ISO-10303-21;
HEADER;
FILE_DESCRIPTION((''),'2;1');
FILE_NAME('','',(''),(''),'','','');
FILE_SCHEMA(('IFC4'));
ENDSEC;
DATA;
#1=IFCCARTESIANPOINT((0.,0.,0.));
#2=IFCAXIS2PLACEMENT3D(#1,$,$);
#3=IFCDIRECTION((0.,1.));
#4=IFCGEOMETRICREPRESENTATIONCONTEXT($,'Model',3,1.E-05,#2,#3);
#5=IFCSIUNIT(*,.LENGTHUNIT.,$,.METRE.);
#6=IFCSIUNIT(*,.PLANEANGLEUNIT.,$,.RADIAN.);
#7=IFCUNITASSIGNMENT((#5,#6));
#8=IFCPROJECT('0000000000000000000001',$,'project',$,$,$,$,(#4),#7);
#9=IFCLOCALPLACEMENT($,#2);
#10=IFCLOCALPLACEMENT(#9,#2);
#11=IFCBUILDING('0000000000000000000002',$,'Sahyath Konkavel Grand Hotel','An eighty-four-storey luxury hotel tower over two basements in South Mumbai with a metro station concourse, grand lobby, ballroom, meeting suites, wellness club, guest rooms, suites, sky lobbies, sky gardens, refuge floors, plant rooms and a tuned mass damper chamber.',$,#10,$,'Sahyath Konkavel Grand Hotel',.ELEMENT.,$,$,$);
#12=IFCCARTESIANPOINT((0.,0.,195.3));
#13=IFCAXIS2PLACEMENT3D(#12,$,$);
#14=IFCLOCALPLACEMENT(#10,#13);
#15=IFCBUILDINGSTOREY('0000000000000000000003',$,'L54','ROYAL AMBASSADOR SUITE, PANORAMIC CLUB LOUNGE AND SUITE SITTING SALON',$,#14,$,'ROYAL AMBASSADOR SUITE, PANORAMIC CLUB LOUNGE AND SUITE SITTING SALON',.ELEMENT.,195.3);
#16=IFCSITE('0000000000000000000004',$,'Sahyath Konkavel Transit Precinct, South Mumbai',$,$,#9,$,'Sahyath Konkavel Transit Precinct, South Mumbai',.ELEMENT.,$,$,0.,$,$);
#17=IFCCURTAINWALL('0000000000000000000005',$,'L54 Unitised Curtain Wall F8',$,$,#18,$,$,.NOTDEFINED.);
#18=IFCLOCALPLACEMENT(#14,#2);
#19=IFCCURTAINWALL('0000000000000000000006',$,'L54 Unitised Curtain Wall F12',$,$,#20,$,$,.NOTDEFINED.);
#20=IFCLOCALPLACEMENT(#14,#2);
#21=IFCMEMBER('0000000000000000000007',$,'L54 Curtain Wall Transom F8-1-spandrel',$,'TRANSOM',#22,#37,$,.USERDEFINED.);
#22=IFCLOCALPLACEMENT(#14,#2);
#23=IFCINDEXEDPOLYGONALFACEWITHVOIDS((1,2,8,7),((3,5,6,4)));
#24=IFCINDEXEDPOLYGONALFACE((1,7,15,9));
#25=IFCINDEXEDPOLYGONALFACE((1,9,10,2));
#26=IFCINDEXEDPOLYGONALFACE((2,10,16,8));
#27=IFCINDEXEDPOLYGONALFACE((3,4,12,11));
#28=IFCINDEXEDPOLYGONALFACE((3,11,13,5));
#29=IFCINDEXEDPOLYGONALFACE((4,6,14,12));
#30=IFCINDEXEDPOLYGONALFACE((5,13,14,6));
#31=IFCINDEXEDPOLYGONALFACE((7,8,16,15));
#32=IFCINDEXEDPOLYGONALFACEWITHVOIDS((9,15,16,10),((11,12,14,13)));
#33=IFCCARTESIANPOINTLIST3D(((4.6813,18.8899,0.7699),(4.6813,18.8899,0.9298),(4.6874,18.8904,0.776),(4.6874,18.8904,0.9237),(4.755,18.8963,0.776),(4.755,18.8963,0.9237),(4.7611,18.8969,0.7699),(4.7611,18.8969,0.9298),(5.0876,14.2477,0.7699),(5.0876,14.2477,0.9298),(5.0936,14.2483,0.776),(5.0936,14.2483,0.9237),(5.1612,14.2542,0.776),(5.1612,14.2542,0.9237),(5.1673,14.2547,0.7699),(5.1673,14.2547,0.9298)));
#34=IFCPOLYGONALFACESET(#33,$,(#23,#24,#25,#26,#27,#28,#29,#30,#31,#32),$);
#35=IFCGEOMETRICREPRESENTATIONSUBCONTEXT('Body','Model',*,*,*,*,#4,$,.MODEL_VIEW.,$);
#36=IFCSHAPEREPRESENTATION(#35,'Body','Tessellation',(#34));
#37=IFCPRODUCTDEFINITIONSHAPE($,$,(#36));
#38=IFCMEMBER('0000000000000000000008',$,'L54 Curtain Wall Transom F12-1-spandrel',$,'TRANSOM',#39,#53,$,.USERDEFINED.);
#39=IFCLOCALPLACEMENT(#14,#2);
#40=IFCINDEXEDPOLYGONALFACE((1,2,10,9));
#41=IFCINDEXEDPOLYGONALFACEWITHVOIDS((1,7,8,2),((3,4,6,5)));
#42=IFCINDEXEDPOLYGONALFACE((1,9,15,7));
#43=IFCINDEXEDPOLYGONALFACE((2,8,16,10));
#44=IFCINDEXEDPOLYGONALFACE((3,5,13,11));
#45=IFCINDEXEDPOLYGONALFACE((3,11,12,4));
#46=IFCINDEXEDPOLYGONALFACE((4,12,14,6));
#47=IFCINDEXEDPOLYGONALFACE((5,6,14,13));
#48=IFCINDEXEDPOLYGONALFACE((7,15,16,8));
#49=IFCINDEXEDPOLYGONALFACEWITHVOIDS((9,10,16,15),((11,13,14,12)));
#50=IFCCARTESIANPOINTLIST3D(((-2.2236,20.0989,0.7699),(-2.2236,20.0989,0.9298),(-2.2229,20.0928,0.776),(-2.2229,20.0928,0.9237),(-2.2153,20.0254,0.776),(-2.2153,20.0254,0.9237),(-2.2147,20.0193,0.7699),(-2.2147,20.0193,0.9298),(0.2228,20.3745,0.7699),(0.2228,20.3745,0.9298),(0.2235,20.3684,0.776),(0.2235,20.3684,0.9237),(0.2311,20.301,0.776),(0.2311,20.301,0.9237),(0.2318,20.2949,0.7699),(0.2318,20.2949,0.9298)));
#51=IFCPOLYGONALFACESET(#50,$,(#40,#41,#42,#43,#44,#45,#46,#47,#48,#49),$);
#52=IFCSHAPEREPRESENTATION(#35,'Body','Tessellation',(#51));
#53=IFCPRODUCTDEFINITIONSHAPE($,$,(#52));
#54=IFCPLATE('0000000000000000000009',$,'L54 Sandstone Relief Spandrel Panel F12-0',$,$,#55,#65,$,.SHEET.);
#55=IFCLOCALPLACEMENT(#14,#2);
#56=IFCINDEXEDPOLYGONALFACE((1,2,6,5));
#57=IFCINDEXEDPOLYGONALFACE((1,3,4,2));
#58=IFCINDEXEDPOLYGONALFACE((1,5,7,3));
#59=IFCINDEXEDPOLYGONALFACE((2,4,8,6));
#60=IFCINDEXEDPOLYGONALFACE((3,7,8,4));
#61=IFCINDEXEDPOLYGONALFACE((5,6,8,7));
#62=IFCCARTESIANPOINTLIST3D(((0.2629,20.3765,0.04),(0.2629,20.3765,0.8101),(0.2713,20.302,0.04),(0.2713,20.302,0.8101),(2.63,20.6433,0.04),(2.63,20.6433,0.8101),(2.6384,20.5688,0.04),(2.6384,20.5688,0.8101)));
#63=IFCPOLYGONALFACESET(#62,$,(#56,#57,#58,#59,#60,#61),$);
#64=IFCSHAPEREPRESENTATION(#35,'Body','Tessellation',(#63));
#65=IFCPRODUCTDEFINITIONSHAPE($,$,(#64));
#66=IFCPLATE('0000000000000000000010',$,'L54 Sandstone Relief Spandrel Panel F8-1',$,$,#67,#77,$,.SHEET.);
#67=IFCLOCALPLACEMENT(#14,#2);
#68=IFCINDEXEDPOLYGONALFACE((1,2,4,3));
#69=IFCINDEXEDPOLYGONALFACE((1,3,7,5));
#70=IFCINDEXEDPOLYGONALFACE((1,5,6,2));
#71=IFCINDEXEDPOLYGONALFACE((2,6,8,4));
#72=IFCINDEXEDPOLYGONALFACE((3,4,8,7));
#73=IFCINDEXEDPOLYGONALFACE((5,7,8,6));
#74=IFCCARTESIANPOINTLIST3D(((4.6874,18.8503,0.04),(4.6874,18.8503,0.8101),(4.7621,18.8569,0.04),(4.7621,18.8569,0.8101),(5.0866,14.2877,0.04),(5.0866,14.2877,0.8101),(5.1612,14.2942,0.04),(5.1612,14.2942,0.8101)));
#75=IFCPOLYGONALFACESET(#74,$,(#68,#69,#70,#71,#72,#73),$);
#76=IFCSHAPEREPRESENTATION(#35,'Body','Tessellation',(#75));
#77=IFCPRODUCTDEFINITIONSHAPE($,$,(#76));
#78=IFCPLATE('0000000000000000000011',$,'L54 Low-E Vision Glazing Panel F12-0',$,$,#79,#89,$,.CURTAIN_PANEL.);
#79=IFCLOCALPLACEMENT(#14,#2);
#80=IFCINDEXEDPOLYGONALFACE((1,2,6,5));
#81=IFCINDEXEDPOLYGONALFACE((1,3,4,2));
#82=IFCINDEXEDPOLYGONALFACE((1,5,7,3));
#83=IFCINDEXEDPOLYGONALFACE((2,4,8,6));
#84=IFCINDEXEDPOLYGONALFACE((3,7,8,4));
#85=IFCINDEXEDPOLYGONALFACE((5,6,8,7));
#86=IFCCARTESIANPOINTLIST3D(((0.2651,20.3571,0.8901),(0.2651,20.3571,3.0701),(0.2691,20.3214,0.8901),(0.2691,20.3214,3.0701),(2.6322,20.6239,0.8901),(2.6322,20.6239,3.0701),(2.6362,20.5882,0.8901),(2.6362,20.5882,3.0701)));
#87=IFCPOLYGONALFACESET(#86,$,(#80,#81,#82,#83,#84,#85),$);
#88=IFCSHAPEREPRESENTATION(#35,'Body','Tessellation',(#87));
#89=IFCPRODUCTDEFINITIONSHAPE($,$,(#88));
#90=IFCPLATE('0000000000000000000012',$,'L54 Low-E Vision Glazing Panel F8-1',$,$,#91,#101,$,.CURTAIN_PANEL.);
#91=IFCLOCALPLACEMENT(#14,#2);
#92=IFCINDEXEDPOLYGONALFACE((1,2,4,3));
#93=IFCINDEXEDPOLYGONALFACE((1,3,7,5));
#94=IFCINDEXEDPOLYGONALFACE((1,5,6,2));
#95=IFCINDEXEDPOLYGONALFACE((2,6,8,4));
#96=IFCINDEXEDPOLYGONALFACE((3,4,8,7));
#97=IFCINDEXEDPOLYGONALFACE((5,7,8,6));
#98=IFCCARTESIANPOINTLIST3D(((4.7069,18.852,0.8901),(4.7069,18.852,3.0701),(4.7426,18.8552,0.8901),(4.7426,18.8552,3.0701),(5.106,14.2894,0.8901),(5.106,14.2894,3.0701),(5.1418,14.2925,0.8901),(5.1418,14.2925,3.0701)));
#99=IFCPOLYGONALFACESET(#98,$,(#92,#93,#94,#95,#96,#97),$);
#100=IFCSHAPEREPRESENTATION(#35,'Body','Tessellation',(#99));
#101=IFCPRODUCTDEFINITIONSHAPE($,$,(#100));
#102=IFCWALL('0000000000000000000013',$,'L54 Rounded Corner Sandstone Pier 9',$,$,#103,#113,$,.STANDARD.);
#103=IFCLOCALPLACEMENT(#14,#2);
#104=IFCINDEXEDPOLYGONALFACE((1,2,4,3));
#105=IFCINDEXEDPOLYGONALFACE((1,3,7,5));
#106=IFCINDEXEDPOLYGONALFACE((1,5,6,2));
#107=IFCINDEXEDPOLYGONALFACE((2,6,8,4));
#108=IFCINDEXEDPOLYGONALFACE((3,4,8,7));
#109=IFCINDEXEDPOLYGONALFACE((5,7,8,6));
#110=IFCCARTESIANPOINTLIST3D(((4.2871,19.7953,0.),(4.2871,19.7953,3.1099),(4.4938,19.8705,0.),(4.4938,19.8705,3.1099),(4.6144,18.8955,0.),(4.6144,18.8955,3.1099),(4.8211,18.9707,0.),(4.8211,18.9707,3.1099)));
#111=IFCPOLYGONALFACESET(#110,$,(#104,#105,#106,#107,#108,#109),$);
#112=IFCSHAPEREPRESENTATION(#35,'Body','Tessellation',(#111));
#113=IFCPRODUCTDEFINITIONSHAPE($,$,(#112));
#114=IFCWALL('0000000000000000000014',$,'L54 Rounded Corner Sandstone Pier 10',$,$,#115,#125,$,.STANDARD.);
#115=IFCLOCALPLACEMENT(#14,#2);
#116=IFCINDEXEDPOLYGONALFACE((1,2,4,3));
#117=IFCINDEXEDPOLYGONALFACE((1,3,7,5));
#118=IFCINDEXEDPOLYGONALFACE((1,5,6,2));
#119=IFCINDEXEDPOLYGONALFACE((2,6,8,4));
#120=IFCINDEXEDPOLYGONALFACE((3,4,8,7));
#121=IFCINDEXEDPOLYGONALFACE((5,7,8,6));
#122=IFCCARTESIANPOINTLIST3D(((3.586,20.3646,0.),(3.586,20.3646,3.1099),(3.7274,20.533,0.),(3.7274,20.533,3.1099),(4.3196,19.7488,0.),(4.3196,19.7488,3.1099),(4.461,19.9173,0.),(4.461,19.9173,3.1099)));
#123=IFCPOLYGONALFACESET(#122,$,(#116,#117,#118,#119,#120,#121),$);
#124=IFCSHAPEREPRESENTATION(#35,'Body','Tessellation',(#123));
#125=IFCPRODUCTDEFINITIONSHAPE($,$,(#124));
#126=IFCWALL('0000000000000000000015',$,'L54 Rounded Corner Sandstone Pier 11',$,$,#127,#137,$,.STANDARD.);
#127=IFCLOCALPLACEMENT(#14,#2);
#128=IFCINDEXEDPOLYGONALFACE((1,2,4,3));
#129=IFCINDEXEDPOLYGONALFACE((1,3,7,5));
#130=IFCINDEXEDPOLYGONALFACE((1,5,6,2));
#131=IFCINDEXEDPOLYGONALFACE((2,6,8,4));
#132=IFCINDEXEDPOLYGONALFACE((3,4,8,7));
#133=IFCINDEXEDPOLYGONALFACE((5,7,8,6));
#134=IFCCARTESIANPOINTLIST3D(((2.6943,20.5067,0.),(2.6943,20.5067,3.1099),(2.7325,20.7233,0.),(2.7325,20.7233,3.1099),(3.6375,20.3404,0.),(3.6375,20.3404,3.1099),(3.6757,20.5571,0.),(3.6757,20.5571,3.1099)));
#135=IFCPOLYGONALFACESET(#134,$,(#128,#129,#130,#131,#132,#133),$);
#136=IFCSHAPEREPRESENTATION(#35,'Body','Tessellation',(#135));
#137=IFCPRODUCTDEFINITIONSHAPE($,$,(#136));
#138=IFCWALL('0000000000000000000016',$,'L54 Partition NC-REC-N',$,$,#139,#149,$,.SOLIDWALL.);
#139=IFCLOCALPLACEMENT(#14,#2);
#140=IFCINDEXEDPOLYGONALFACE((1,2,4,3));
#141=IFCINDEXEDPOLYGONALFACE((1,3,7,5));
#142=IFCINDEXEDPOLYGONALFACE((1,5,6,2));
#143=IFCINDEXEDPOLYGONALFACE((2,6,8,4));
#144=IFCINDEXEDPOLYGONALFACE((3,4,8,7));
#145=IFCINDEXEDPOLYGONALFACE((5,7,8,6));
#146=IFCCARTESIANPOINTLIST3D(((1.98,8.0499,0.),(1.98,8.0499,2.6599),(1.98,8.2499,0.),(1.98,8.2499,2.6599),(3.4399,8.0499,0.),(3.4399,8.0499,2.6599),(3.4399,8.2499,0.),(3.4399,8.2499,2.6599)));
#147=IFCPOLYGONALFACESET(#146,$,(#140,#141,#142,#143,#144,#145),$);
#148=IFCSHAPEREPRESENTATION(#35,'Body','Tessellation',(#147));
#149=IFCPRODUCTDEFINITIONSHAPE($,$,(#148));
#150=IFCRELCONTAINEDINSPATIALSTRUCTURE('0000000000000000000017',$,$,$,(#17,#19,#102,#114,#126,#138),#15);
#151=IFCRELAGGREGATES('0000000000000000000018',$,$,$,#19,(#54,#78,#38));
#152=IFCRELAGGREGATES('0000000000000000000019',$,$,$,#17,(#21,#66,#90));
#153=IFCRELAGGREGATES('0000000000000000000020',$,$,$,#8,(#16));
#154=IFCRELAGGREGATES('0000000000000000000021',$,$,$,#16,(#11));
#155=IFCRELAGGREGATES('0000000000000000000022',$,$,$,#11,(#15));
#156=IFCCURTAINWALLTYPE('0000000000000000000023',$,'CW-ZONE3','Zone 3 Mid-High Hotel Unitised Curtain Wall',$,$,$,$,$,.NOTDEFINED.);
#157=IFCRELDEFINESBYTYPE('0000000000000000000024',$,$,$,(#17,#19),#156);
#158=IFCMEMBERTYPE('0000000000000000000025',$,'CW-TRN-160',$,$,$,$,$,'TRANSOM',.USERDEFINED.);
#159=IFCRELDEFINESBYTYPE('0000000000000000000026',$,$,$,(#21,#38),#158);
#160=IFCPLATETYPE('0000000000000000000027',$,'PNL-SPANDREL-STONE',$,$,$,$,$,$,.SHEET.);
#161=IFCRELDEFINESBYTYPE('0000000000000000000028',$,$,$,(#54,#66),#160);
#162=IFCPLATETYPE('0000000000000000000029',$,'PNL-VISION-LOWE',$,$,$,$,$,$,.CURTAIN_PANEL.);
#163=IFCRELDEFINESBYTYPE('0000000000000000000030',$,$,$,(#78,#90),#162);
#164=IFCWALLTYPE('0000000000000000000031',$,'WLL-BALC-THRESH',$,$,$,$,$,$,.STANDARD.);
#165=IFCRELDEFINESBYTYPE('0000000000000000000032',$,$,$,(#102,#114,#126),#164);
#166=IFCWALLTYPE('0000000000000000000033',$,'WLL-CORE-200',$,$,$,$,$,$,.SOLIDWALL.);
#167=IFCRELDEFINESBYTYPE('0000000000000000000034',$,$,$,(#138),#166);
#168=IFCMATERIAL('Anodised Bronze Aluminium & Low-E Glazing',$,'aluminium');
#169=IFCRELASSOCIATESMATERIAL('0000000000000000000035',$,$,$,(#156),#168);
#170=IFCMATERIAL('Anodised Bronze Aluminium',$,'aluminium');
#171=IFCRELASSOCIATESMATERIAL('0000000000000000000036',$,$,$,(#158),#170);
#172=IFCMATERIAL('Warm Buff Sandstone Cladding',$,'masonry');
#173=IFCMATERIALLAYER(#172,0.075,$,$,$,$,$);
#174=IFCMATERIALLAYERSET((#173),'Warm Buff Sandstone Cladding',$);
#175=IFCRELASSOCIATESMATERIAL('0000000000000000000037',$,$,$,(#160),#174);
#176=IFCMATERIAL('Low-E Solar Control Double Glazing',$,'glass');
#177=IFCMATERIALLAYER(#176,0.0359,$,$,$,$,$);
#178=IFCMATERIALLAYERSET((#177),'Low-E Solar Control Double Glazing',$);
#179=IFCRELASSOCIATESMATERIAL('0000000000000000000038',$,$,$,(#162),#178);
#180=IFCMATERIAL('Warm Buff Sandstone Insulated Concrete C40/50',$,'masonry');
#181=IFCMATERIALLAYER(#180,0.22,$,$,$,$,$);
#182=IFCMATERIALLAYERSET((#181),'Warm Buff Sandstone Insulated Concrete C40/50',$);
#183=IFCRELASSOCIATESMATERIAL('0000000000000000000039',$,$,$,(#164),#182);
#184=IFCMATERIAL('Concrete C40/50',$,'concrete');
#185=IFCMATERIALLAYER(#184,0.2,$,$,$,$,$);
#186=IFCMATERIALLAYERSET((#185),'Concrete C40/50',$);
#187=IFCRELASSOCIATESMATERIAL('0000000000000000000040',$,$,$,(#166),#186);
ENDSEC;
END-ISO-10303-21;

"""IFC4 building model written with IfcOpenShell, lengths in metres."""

from ifc_helpers import new_model, si_unit, direction, frame, frame_2d, origin, origin_2d, place, context, subcontext, project, spatial, rectangle, hollow_rectangle, extrude, source, transform, mapped, material, layer, layer_set, material_profile, profile_set, type_object, element, aggregate, save


model = new_model("IFC4")

# Units and contexts
model_context = context("Model", 3, precision=1e-05, world=origin(), true_north=direction((0.0, 1.0)))
body_context = subcontext(model_context, "Body", "Model", "MODEL_VIEW")
ifc_project = project(units=[si_unit("LENGTHUNIT", "METRE"), si_unit("PLANEANGLEUNIT", "RADIAN")], contexts=[model_context])

# Site, building, storey
site_placement = place(None, origin())
site = spatial("IfcSite", under=ifc_project, at=site_placement, Name="Sahyath Konkavel Transit Precinct, South Mumbai", LongName="Sahyath Konkavel Transit Precinct, South Mumbai", CompositionType="ELEMENT", RefElevation=0.0)
building_placement = place(site_placement, origin())
building = spatial("IfcBuilding", under=site, at=building_placement, Name="Sahyath Konkavel Grand Hotel", Description="An eighty-four-storey luxury hotel tower over two basements in South Mumbai with a metro station concourse, grand lobby, ballroom, meeting suites, wellness club, guest rooms, suites, sky lobbies, sky gardens, refuge floors, plant rooms and a tuned mass damper chamber.", LongName="Sahyath Konkavel Grand Hotel", CompositionType="ELEMENT")
storey_placement = place(building_placement, frame((0.0, 0.0, 195.3)))
storey = spatial("IfcBuildingStorey", under=building, at=storey_placement, Name="L54", Description="ROYAL AMBASSADOR SUITE, PANORAMIC CLUB LOUNGE AND SUITE SITTING SALON", LongName="ROYAL AMBASSADOR SUITE, PANORAMIC CLUB LOUNGE AND SUITE SITTING SALON", CompositionType="ELEMENT", Elevation=195.3)

# Shared definitions
ifc_material_1 = material(Name="Concrete C40/50", Category="concrete")

# Curtain walls
ifc_material_2 = material(Name="Anodised Bronze Aluminium & Low-E Glazing", Category="aluminium")
curtain_wall_type = type_object("IfcCurtainWallType", Name="CW-ZONE3", Description="Zone 3 Mid-High Hotel Unitised Curtain Wall", PredefinedType="NOTDEFINED", material=ifc_material_2)
curtain_wall_1_placement = place(storey_placement, origin())
curtain_wall_1 = element("IfcCurtainWall", 1, at=curtain_wall_1_placement, inside=storey, type_object=curtain_wall_type, Name="L54 Unitised Curtain Wall F8", PredefinedType="NOTDEFINED")
ifc_material_3 = material(Name="Anodised Bronze Aluminium", Category="aluminium")
curtain_wall_2_placement = place(storey_placement, origin())
curtain_wall_2 = element("IfcCurtainWall", 2, at=curtain_wall_2_placement, inside=storey, type_object=curtain_wall_type, Name="L54 Unitised Curtain Wall F12", PredefinedType="NOTDEFINED")
ifc_material_profile_1 = material_profile(ifc_material_3, hollow_rectangle(XDim=0.0801, YDim=0.1599, WallThickness=0.0061, at=origin_2d()), Name="RHS 160x80x6")
ifc_profile_set_1 = profile_set([ifc_material_profile_1], Name="Anodised Bronze Aluminium")
member_type_1 = type_object("IfcMemberType", Name="CW-TRN-160", ElementType="TRANSOM", PredefinedType="USERDEFINED", material=ifc_profile_set_1)

# Members
shared_shape_1 = source(origin(), body_context, "Body", "SweptSolid", [
    extrude(hollow_rectangle(XDim=0.0801, YDim=0.1599, WallThickness=0.0061, at=origin_2d()), origin(), (0.0, 0.0, 1.0), 4.6599),
])
member_1_placement = place(storey_placement, frame((5.1274, 14.2512, 0.8499), z_axis=(-0.087181, 0.996192, 0.0), x_axis=(-0.996192, -0.087181, 0.0)))
member_1 = element("IfcMember", 3, at=member_1_placement, type_object=member_type_1, Name="L54 Curtain Wall Transom F8-1-spandrel", ObjectType="TRANSOM", PredefinedType="USERDEFINED", context=body_context, shape_type="MappedRepresentation", body=[
    mapped(shared_shape_1, transform((0.0, 0.0, 0.0), scale=1.0)),
])
shared_shape_2 = source(origin(), body_context, "Body", "SweptSolid", [
    extrude(hollow_rectangle(XDim=0.0801, YDim=0.1599, WallThickness=0.0061, at=origin_2d()), origin(), (0.0, 0.0, 1.0), 2.4619),
])
member_2_placement = place(storey_placement, frame((0.2273, 20.3347, 0.8499), z_axis=(-0.993713, -0.111955, 0.0), x_axis=(0.111955, -0.993713, 0.0)))
member_2 = element("IfcMember", 4, at=member_2_placement, type_object=member_type_1, Name="L54 Curtain Wall Transom F12-1-spandrel", ObjectType="TRANSOM", PredefinedType="USERDEFINED", context=body_context, shape_type="MappedRepresentation", body=[
    mapped(shared_shape_2, transform((0.0, 0.0, 0.0), scale=1.0)),
])

# Plates
ifc_material_4 = material(Name="Warm Buff Sandstone Cladding", Category="masonry")
ifc_layer_1 = layer(ifc_material_4, 0.075)
ifc_layer_set_1 = layer_set([ifc_layer_1], Name="Warm Buff Sandstone Cladding")
plate_type_1 = type_object("IfcPlateType", Name="PNL-SPANDREL-STONE", PredefinedType="SHEET", material=ifc_layer_set_1)
shared_shape_3 = source(origin(), body_context, "Body", "SweptSolid", [
    extrude(rectangle(XDim=2.3821, YDim=0.075, at=origin_2d()), origin(), (0.0, 0.0, 1.0), 0.77),
])
plate_1_placement = place(storey_placement, frame((1.4507, 20.4727, 0.04), z_axis=(0.0, 0.0, 1.0), x_axis=(-0.993707, -0.112007, 0.0)))
plate_1 = element("IfcPlate", 5, at=plate_1_placement, type_object=plate_type_1, Name="L54 Sandstone Relief Spandrel Panel F12-0", PredefinedType="SHEET", context=body_context, shape_type="MappedRepresentation", body=[
    mapped(shared_shape_3, transform((0.0, 0.0, 0.0), scale=1.0)),
])
shared_shape_4 = source(origin(), body_context, "Body", "SweptSolid", [
    extrude(rectangle(XDim=4.5801, YDim=0.075, at=origin_2d()), origin(), (0.0, 0.0, 1.0), 0.77),
])
plate_2_placement = place(storey_placement, frame((4.9243, 16.5723, 0.04), z_axis=(0.0, 0.0, 1.0), x_axis=(-0.087156, 0.996195, 0.0)))
plate_2 = element("IfcPlate", 6, at=plate_2_placement, type_object=plate_type_1, Name="L54 Sandstone Relief Spandrel Panel F8-1", PredefinedType="SHEET", context=body_context, shape_type="MappedRepresentation", body=[
    mapped(shared_shape_4, transform((0.0, 0.0, 0.0), scale=1.0)),
])
ifc_material_5 = material(Name="Low-E Solar Control Double Glazing", Category="glass")
ifc_layer_2 = layer(ifc_material_5, 0.0359)
ifc_layer_set_2 = layer_set([ifc_layer_2], Name="Low-E Solar Control Double Glazing")
plate_type_2 = type_object("IfcPlateType", Name="PNL-VISION-LOWE", PredefinedType="CURTAIN_PANEL", material=ifc_layer_set_2)
shared_shape_5 = source(origin(), body_context, "Body", "SweptSolid", [
    extrude(rectangle(XDim=2.3821, YDim=0.0359, at=origin_2d()), origin(), (0.0, 0.0, 1.0), 2.1799),
])
plate_3_placement = place(storey_placement, frame((1.4507, 20.4727, 0.8901), z_axis=(0.0, 0.0, 1.0), x_axis=(-0.993707, -0.112007, 0.0)))
plate_3 = element("IfcPlate", 7, at=plate_3_placement, type_object=plate_type_2, Name="L54 Low-E Vision Glazing Panel F12-0", PredefinedType="CURTAIN_PANEL", context=body_context, shape_type="MappedRepresentation", body=[
    mapped(shared_shape_5, transform((0.0, 0.0, 0.0), scale=1.0)),
])
aggregate(curtain_wall_2, [plate_1, plate_3, member_2])
shared_shape_6 = source(origin(), body_context, "Body", "SweptSolid", [
    extrude(rectangle(XDim=4.5801, YDim=0.0359, at=origin_2d()), origin(), (0.0, 0.0, 1.0), 2.1799),
])
plate_4_placement = place(storey_placement, frame((4.9243, 16.5723, 0.8901), z_axis=(0.0, 0.0, 1.0), x_axis=(-0.087156, 0.996195, 0.0)))
plate_4 = element("IfcPlate", 8, at=plate_4_placement, type_object=plate_type_2, Name="L54 Low-E Vision Glazing Panel F8-1", PredefinedType="CURTAIN_PANEL", context=body_context, shape_type="MappedRepresentation", body=[
    mapped(shared_shape_6, transform((0.0, 0.0, 0.0), scale=1.0)),
])
aggregate(curtain_wall_1, [member_1, plate_2, plate_4])

# Walls
ifc_material_6 = material(Name="Warm Buff Sandstone Insulated Concrete C40/50", Category="masonry")
ifc_layer_3 = layer(ifc_material_6, 0.22)
ifc_layer_set_3 = layer_set([ifc_layer_3], Name="Warm Buff Sandstone Insulated Concrete C40/50")
wall_type_1 = type_object("IfcWallType", Name="WLL-BALC-THRESH", PredefinedType="STANDARD", material=ifc_layer_set_3)
wall_1_placement = place(storey_placement, frame((4.7178, 18.9331, 0.0), z_axis=(0.0, 0.0, 1.0), x_axis=(-0.341886, 0.939741, 0.0)))
element("IfcWall", 9, at=wall_1_placement, inside=storey, type_object=wall_type_1, Name="L54 Rounded Corner Sandstone Pier 9", PredefinedType="STANDARD", context=body_context, shape_type="SweptSolid", body=[
    extrude(rectangle(XDim=0.9575, YDim=0.22, at=frame_2d((0.4788, 0.0))), origin(), (0.0, 0.0, 1.0), 3.1099),
])
for number, where, z_axis, x_axis, name in (
    (10, (4.3904, 19.833, 0.0), (0.0, 0.0, 1.0), (-0.765981, 0.642863, 0.0), "L54 Rounded Corner Sandstone Pier 10"),
    (11, (3.6567, 20.4487, 0.0), (0.0, 0.0, 1.0), (-0.984814, 0.173611, 0.0), "L54 Rounded Corner Sandstone Pier 11"),
):
    element("IfcWall", number, at=place(storey_placement, frame(where, z_axis=z_axis, x_axis=x_axis)), inside=storey, type_object=wall_type_1, Name=name, PredefinedType="STANDARD", context=body_context, shape_type="SweptSolid", body=[
        extrude(rectangle(XDim=0.9578, YDim=0.22, at=frame_2d((0.479, 0.0))), origin(), (0.0, 0.0, 1.0), 3.1099),
    ])
ifc_layer_4 = layer(ifc_material_1, 0.2)
ifc_layer_set_4 = layer_set([ifc_layer_4], Name="Concrete C40/50")
wall_type_2 = type_object("IfcWallType", Name="WLL-CORE-200", PredefinedType="SOLIDWALL", material=ifc_layer_set_4)
wall_2_placement = place(storey_placement, frame((1.98, 8.1499, 0.0), z_axis=(0.0, 0.0, 1.0), x_axis=(1.0, 0.0, 0.0)))
element("IfcWall", 12, at=wall_2_placement, inside=storey, type_object=wall_type_2, Name="L54 Partition NC-REC-N", PredefinedType="SOLIDWALL", context=body_context, shape_type="SweptSolid", body=[
    extrude(rectangle(XDim=1.46, YDim=0.2, at=frame_2d((0.73, 0.0))), origin(), (0.0, 0.0, 1.0), 2.6599),
])

save(model, "model.ifc")
